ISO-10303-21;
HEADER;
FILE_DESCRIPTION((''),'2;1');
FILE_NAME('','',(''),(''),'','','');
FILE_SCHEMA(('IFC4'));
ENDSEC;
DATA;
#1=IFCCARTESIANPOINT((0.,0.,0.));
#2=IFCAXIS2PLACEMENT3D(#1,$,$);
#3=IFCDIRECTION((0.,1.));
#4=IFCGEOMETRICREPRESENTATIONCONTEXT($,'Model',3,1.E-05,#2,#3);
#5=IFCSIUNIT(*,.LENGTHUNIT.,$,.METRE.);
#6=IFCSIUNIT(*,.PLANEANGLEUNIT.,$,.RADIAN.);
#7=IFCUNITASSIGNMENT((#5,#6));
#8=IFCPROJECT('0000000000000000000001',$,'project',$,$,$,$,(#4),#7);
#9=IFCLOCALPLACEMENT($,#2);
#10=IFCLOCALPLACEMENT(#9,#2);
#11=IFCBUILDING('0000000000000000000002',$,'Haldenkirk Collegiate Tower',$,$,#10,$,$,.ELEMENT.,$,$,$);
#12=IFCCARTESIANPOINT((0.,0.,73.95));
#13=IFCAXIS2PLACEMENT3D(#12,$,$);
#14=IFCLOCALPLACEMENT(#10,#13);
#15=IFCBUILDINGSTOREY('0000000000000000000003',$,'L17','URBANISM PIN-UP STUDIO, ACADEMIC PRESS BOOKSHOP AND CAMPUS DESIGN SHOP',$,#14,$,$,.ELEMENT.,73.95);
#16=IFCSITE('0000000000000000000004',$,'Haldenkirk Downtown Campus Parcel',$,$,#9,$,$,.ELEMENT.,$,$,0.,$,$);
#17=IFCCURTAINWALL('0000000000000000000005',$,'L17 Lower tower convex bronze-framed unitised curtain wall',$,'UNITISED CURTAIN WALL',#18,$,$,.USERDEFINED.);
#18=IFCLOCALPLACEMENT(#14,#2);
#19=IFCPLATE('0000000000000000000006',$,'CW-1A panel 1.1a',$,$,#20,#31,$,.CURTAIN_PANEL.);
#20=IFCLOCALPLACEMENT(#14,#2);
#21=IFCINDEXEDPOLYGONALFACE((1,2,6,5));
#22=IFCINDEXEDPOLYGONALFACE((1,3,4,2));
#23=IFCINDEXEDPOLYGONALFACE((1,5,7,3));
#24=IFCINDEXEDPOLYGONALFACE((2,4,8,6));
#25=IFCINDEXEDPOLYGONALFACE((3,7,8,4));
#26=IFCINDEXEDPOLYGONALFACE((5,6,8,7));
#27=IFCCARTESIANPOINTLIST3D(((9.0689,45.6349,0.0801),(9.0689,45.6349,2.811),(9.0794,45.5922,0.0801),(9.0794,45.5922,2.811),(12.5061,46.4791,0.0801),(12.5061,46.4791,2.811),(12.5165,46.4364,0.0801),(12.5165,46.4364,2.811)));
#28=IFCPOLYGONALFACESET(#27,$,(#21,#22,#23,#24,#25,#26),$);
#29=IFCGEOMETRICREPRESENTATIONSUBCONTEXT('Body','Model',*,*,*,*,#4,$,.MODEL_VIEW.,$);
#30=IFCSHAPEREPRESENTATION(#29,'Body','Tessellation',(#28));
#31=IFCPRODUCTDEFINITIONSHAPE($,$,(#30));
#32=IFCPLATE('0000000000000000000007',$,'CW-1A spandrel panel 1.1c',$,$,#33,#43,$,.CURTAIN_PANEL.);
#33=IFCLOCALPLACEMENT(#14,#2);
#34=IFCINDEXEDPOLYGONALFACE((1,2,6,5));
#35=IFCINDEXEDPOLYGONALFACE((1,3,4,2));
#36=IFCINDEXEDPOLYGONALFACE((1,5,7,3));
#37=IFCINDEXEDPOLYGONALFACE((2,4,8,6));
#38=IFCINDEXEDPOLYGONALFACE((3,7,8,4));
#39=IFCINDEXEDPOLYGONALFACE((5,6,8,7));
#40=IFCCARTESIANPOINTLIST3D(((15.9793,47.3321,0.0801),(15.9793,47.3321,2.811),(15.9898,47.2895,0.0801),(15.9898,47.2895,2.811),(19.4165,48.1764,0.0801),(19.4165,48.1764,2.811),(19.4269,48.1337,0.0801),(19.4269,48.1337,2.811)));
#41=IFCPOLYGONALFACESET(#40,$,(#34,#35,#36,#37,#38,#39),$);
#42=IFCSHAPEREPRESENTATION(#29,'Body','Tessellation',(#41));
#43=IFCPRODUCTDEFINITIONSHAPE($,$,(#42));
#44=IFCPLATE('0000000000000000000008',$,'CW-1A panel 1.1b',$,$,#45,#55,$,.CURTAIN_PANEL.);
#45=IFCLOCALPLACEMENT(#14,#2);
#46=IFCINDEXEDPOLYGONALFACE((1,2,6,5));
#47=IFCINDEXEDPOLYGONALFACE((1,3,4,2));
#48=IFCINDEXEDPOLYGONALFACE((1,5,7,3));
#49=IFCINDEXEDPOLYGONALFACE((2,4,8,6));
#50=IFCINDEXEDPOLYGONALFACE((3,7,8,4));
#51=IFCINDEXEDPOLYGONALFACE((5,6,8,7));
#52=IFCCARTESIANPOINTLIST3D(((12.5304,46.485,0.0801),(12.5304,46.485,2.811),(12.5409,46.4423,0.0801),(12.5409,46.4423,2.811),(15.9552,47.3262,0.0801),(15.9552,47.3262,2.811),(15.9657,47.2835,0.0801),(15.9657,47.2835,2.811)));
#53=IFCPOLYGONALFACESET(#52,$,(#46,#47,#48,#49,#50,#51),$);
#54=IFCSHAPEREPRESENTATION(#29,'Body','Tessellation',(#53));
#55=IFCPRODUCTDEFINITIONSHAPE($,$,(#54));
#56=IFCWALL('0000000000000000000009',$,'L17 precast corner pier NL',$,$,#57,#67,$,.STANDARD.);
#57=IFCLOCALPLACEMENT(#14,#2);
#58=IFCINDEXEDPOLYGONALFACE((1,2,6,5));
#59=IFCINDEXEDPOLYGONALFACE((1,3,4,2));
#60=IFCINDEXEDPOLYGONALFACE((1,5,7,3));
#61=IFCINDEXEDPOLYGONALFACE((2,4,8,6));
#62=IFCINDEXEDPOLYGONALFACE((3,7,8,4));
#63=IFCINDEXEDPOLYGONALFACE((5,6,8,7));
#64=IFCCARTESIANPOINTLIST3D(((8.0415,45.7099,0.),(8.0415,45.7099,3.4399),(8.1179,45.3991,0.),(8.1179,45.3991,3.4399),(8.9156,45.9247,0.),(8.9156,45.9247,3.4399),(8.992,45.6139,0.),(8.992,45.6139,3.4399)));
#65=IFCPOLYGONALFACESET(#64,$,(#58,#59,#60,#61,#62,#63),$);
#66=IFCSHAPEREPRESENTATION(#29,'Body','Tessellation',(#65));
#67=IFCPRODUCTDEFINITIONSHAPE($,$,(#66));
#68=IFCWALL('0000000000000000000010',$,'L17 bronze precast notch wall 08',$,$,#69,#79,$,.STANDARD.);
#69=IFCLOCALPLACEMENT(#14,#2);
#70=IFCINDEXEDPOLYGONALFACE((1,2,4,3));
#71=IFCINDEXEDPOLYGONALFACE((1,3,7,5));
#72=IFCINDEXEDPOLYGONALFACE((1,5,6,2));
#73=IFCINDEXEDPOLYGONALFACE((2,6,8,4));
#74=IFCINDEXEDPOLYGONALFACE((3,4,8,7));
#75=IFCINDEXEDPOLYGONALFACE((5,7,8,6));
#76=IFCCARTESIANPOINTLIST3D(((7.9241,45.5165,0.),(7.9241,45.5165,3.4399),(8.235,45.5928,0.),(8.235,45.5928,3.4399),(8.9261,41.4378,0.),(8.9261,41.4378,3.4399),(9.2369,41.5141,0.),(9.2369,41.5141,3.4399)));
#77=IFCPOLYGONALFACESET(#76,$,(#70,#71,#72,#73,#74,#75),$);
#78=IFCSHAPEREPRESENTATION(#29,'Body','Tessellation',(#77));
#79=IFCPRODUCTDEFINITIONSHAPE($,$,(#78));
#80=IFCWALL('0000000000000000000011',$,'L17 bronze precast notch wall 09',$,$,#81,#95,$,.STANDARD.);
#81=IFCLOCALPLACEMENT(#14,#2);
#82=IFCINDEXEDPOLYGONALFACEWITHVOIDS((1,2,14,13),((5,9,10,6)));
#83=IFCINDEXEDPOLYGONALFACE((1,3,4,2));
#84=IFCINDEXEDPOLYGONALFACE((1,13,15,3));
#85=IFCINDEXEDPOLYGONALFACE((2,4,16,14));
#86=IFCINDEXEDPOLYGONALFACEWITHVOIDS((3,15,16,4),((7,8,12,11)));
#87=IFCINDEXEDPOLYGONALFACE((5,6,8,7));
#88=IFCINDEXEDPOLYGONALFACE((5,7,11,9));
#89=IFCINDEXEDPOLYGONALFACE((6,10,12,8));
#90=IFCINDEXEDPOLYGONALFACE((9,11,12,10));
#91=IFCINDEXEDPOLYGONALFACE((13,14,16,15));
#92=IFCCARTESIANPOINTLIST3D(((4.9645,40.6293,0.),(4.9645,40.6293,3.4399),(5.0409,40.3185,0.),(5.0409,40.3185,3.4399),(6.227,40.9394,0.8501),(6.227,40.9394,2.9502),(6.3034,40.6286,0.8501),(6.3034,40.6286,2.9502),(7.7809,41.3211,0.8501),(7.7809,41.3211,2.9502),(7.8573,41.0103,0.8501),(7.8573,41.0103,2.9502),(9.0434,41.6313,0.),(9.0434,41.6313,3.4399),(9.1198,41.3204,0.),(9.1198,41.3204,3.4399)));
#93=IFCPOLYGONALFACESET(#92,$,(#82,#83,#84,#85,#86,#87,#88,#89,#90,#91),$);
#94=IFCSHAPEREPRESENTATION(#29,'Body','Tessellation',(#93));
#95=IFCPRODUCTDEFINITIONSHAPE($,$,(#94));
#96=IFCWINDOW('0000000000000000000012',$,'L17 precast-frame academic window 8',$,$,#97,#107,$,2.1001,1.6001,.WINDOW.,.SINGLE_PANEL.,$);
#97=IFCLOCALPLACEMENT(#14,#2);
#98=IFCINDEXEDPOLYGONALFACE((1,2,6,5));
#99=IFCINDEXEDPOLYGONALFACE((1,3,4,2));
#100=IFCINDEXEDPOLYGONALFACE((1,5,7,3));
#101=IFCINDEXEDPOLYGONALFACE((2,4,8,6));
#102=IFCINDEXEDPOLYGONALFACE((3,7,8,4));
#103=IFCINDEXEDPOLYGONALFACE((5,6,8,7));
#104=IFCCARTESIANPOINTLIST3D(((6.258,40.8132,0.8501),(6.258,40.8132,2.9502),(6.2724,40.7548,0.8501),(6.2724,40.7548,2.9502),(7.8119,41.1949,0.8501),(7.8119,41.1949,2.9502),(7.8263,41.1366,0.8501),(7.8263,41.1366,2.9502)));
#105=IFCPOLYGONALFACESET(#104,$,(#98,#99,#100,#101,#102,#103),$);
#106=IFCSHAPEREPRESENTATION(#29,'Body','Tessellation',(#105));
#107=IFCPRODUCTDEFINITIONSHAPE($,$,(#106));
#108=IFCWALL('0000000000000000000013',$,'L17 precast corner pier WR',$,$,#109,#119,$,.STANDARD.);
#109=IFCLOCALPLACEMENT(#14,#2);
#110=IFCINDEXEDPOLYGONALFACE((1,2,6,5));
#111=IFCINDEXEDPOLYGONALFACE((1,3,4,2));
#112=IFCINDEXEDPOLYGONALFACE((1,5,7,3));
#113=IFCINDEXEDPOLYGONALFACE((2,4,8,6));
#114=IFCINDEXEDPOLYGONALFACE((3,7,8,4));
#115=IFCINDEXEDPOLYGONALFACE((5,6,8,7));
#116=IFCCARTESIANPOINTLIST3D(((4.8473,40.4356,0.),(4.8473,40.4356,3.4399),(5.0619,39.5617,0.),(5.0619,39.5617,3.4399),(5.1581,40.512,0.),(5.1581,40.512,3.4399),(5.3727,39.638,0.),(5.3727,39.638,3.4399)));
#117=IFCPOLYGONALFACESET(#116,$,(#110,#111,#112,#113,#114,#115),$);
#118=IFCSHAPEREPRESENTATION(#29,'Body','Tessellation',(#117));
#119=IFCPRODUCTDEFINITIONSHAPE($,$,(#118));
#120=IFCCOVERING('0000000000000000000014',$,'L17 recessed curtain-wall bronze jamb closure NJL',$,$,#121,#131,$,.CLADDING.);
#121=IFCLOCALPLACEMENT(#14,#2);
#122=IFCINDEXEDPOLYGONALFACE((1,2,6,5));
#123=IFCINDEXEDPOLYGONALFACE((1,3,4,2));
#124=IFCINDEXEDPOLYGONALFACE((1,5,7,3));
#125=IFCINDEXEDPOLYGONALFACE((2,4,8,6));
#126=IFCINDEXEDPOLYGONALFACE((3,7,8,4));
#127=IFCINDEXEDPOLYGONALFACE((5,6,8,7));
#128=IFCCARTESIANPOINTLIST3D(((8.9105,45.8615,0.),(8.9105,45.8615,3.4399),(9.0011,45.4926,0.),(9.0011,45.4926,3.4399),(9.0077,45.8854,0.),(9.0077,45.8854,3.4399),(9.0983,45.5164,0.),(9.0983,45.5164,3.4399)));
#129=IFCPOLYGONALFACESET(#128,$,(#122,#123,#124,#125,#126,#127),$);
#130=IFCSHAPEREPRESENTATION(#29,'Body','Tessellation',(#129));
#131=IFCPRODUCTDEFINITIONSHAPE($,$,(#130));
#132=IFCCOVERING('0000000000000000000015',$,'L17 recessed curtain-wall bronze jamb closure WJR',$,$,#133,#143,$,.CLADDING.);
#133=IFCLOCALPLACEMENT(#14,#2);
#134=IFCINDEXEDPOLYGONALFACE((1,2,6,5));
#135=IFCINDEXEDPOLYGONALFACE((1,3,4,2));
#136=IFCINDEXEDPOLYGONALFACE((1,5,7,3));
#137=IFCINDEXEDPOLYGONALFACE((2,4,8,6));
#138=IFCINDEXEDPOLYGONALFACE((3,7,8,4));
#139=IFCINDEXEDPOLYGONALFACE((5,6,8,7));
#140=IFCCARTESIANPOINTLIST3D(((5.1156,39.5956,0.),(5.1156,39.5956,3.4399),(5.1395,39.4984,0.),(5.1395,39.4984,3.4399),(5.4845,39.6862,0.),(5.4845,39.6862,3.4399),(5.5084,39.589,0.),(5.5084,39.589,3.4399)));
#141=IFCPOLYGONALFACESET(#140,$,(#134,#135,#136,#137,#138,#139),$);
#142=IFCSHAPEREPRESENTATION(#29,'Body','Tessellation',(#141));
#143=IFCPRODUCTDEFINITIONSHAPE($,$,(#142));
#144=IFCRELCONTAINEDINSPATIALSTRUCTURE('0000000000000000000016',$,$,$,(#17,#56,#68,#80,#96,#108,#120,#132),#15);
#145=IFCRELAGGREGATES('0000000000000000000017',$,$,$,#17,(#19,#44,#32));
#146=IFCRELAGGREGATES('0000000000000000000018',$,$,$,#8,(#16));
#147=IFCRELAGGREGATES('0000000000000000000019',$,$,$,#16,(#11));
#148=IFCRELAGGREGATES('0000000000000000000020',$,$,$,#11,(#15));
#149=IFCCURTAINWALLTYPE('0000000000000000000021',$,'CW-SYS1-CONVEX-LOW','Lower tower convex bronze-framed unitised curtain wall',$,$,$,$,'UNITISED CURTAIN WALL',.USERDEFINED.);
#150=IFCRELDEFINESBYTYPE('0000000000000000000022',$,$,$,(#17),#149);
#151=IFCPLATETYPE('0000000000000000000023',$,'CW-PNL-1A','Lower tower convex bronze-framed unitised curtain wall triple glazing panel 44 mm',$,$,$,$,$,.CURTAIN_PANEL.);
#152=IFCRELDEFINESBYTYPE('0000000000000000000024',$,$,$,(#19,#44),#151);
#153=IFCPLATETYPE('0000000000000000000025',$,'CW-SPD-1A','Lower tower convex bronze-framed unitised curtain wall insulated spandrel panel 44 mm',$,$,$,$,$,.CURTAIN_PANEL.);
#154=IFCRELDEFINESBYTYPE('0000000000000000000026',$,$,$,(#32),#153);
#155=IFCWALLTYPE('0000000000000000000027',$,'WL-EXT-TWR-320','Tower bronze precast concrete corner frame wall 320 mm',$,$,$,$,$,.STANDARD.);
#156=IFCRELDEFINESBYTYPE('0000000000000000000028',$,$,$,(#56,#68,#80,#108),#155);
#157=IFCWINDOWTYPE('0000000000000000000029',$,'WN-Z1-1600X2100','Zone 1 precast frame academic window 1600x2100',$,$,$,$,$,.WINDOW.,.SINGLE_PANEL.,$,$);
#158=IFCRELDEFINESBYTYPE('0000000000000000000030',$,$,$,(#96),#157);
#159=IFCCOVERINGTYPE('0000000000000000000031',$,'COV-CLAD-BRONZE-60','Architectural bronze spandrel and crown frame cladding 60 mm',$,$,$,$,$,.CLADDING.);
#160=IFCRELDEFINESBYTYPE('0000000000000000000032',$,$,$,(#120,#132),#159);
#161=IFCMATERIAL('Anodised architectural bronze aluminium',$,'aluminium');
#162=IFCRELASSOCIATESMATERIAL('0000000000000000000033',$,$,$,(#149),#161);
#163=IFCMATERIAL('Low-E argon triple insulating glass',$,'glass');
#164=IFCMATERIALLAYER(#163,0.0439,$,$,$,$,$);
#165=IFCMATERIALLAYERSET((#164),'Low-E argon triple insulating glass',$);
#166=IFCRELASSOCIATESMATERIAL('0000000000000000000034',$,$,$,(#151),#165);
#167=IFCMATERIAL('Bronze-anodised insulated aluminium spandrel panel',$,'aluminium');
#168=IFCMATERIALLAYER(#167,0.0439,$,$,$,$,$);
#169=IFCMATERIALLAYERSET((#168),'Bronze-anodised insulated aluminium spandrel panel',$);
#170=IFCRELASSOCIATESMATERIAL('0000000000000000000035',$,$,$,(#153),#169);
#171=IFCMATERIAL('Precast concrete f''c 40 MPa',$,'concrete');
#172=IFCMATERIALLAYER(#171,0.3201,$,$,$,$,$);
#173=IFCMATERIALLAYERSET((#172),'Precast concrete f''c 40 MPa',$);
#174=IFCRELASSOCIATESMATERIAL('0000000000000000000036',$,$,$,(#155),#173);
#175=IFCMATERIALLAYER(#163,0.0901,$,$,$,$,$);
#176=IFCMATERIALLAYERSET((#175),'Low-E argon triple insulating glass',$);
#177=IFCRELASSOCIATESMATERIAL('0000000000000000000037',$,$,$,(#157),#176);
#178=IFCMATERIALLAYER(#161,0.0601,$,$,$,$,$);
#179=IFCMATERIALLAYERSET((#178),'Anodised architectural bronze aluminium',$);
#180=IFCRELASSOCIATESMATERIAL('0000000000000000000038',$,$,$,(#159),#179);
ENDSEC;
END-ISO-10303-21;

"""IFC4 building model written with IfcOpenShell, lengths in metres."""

from ifc_helpers import new_model, si_unit, direction, frame, frame_2d, origin, origin_2d, place, context, subcontext, project, spatial, rectangle, extrude, source, transform, mapped, material, layer, layer_set, type_object, element, fill, aggregate, save


model = new_model("IFC4")

# Units and contexts
model_context = context("Model", 3, precision=1e-05, world=origin(), true_north=direction((0.0, 1.0)))
body_context = subcontext(model_context, "Body", "Model", "MODEL_VIEW")
ifc_project = project(units=[si_unit("LENGTHUNIT", "METRE"), si_unit("PLANEANGLEUNIT", "RADIAN")], contexts=[model_context])

# Site, building, storey
site_placement = place(None, origin())
site = spatial("IfcSite", under=ifc_project, at=site_placement, Name="Haldenkirk Downtown Campus Parcel", CompositionType="ELEMENT", RefElevation=0.0)
building_placement = place(site_placement, origin())
building = spatial("IfcBuilding", under=site, at=building_placement, Name="Haldenkirk Collegiate Tower", CompositionType="ELEMENT")
storey_placement = place(building_placement, frame((0.0, 0.0, 73.95)))
storey = spatial("IfcBuildingStorey", under=building, at=storey_placement, Name="L17", Description="URBANISM PIN-UP STUDIO, ACADEMIC PRESS BOOKSHOP AND CAMPUS DESIGN SHOP", CompositionType="ELEMENT", Elevation=73.95)

# Curtain wall
ifc_material_1 = material(Name="Anodised architectural bronze aluminium", Category="aluminium")
curtain_wall_type = type_object("IfcCurtainWallType", Name="CW-SYS1-CONVEX-LOW", Description="Lower tower convex bronze-framed unitised curtain wall", ElementType="UNITISED CURTAIN WALL", PredefinedType="USERDEFINED", material=ifc_material_1)
curtain_wall_1_placement = place(storey_placement, origin())
curtain_wall_1 = element("IfcCurtainWall", 1, at=curtain_wall_1_placement, inside=storey, type_object=curtain_wall_type, Name="L17 Lower tower convex bronze-framed unitised curtain wall", ObjectType="UNITISED CURTAIN WALL", PredefinedType="USERDEFINED")

# Plates
ifc_material_2 = material(Name="Low-E argon triple insulating glass", Category="glass")
ifc_layer_1 = layer(ifc_material_2, 0.0439)
ifc_layer_set_1 = layer_set([ifc_layer_1], Name="Low-E argon triple insulating glass")
plate_type_1 = type_object("IfcPlateType", Name="CW-PNL-1A", Description="Lower tower convex bronze-framed unitised curtain wall triple glazing panel 44 mm", PredefinedType="CURTAIN_PANEL", material=ifc_layer_set_1)
shared_shape_1 = source(origin(), body_context, "Body", "SweptSolid", [
    extrude(rectangle(XDim=3.5393, YDim=0.0439, at=origin_2d()), origin(), (0.0, 0.0, 1.0), 2.731),
])
plate_1_placement = place(storey_placement, frame((10.7927, 46.0356, 0.0801), z_axis=(0.0, 0.0, 1.0), x_axis=(0.971134, 0.238534, 0.0)))
plate_1 = element("IfcPlate", 2, at=plate_1_placement, type_object=plate_type_1, Name="CW-1A panel 1.1a", PredefinedType="CURTAIN_PANEL", context=body_context, shape_type="MappedRepresentation", body=[
    mapped(shared_shape_1, transform((0.0, 0.0, 0.0), x_axis=(1.0, 0.0, 0.0), y_axis=(0.0, 1.0, 0.0), z_axis=(0.0, 0.0, 1.0), scale=1.0)),
])
ifc_material_3 = material(Name="Bronze-anodised insulated aluminium spandrel panel", Category="aluminium")
ifc_layer_2 = layer(ifc_material_3, 0.0439)
ifc_layer_set_2 = layer_set([ifc_layer_2], Name="Bronze-anodised insulated aluminium spandrel panel")
plate_type_2 = type_object("IfcPlateType", Name="CW-SPD-1A", Description="Lower tower convex bronze-framed unitised curtain wall insulated spandrel panel 44 mm", PredefinedType="CURTAIN_PANEL", material=ifc_layer_set_2)
plate_2_placement = place(storey_placement, frame((17.7031, 47.7329, 0.0801), z_axis=(0.0, 0.0, 1.0), x_axis=(0.971134, 0.238534, 0.0)))
plate_2 = element("IfcPlate", 3, at=plate_2_placement, type_object=plate_type_2, Name="CW-1A spandrel panel 1.1c", PredefinedType="CURTAIN_PANEL", context=body_context, shape_type="MappedRepresentation", body=[
    mapped(shared_shape_1, transform((0.0, 0.0, 0.0), x_axis=(1.0, 0.0, 0.0), y_axis=(0.0, 1.0, 0.0), z_axis=(0.0, 0.0, 1.0), scale=1.0)),
])
shared_shape_2 = source(origin(), body_context, "Body", "SweptSolid", [
    extrude(rectangle(XDim=3.5266, YDim=0.0439, at=origin_2d()), origin(), (0.0, 0.0, 1.0), 2.731),
])
plate_3_placement = place(storey_placement, frame((14.248, 46.8843, 0.0801), z_axis=(0.0, 0.0, 1.0), x_axis=(0.971134, 0.238534, 0.0)))
plate_3 = element("IfcPlate", 4, at=plate_3_placement, type_object=plate_type_1, Name="CW-1A panel 1.1b", PredefinedType="CURTAIN_PANEL", context=body_context, shape_type="MappedRepresentation", body=[
    mapped(shared_shape_2, transform((0.0, 0.0, 0.0), x_axis=(1.0, 0.0, 0.0), y_axis=(0.0, 1.0, 0.0), z_axis=(0.0, 0.0, 1.0), scale=1.0)),
])
aggregate(curtain_wall_1, [plate_1, plate_3, plate_2])

# Walls
ifc_material_4 = material(Name="Precast concrete f'c 40 MPa", Category="concrete")
ifc_layer_3 = layer(ifc_material_4, 0.3201)
ifc_layer_set_3 = layer_set([ifc_layer_3], Name="Precast concrete f'c 40 MPa")
wall_type = type_object("IfcWallType", Name="WL-EXT-TWR-320", Description="Tower bronze precast concrete corner frame wall 320 mm", PredefinedType="STANDARD", material=ifc_layer_set_3)
wall_1_placement = place(storey_placement, frame((8.0796, 45.5544, 0.0), z_axis=(0.0, 0.0, 1.0), x_axis=(0.971092, 0.238704, 0.0)))
element("IfcWall", 5, at=wall_1_placement, inside=storey, type_object=wall_type, Name="L17 precast corner pier NL", PredefinedType="STANDARD", context=body_context, shape_type="SweptSolid", body=[
    extrude(rectangle(XDim=0.9001, YDim=0.3201, at=frame_2d((0.4502, 0.0))), origin(), (0.0, 0.0, 1.0), 3.4399),
])
wall_2_placement = place(storey_placement, frame((9.0815, 41.4758, 0.0), z_axis=(0.0, 0.0, 1.0), x_axis=(-0.238567, 0.971126, 0.0)))
element("IfcWall", 6, at=wall_2_placement, inside=storey, type_object=wall_type, Name="L17 bronze precast notch wall 08", PredefinedType="STANDARD", context=body_context, shape_type="SweptSolid", body=[
    extrude(rectangle(XDim=4.2, YDim=0.3201, at=frame_2d((2.1001, 0.0))), origin(), (0.0, 0.0, 1.0), 3.4399),
])

# Wall, opening, window
wall_3_placement = place(storey_placement, frame((5.0027, 40.4739, 0.0), z_axis=(0.0, 0.0, 1.0), x_axis=(0.971129, 0.238554, 0.0)))
wall_3 = element("IfcWall", 7, at=wall_3_placement, inside=storey, type_object=wall_type, Name="L17 bronze precast notch wall 09", PredefinedType="STANDARD", context=body_context, shape_type="SweptSolid", body=[
    extrude(rectangle(XDim=4.2002, YDim=0.3201, at=frame_2d((2.1001, 0.0))), origin(), (0.0, 0.0, 1.0), 3.4399),
])
opening_placement = place(wall_3_placement, frame((1.3, 0.0, 0.8501)))
opening = element("IfcOpeningElement", 8, at=opening_placement, cuts=wall_3, PredefinedType="OPENING", context=body_context, shape_type="SweptSolid", body=[
    extrude(rectangle(XDim=1.6001, YDim=2.1001, at=frame_2d((0.8, 1.05))), frame((0.0, 0.1699, 0.0), z_axis=(0.0, -1.0, 0.0), x_axis=(1.0, 0.0, 0.0)), (0.0, 0.0, 1.0), 0.3401),
])
ifc_layer_4 = layer(ifc_material_2, 0.0901)
ifc_layer_set_4 = layer_set([ifc_layer_4], Name="Low-E argon triple insulating glass")
window_type = type_object("IfcWindowType", Name="WN-Z1-1600X2100", Description="Zone 1 precast frame academic window 1600x2100", PartitioningType="SINGLE_PANEL", PredefinedType="WINDOW", material=ifc_layer_set_4)
window_placement = place(opening_placement, origin())
window = element("IfcWindow", 9, at=window_placement, inside=storey, type_object=window_type, Name="L17 precast-frame academic window 8", OverallHeight=2.1001, OverallWidth=1.6001, PartitioningType="SINGLE_PANEL", PredefinedType="WINDOW", context=body_context, shape_type="SweptSolid", body=[
    extrude(rectangle(XDim=1.6001, YDim=2.1001, at=frame_2d((0.8, 1.05))), frame((0.0, 0.03, 0.0), z_axis=(0.0, -1.0, 0.0), x_axis=(1.0, 0.0, 0.0)), (0.0, 0.0, 1.0), 0.0601),
])
fill(opening, window)

# Wall
wall_4_placement = place(storey_placement, frame((5.2173, 39.5999, 0.0), z_axis=(0.0, 0.0, 1.0), x_axis=(-0.238448, 0.971155, 0.0)))
element("IfcWall", 10, at=wall_4_placement, inside=storey, type_object=wall_type, Name="L17 precast corner pier WR", PredefinedType="STANDARD", context=body_context, shape_type="SweptSolid", body=[
    extrude(rectangle(XDim=0.8999, YDim=0.3201, at=frame_2d((0.45, 0.0))), origin(), (0.0, 0.0, 1.0), 3.4399),
])

# Coverings
ifc_layer_5 = layer(ifc_material_1, 0.0601)
ifc_layer_set_5 = layer_set([ifc_layer_5], Name="Anodised architectural bronze aluminium")
covering_type = type_object("IfcCoveringType", Name="COV-CLAD-BRONZE-60", Description="Architectural bronze spandrel and crown frame cladding 60 mm", PredefinedType="CLADDING", material=ifc_layer_set_5)
shared_shape_3 = source(origin(), body_context, "Body", "SweptSolid", [
    extrude(rectangle(XDim=0.1001, YDim=0.3799, at=origin_2d()), origin(), (0.0, 0.0, 1.0), 3.4399),
])
for number, where, z_axis, x_axis, name in (
    (11, (9.0044, 45.689, 0.0), (0.0, 0.0, 1.0), (0.971134, 0.238533, 0.0), "L17 recessed curtain-wall bronze jamb closure NJL"),
    (12, (5.312, 39.5923, 0.0), (0.0, 0.0, 1.0), (-0.238533, 0.971134, 0.0), "L17 recessed curtain-wall bronze jamb closure WJR"),
):
    element("IfcCovering", number, at=place(storey_placement, frame(where, z_axis=z_axis, x_axis=x_axis)), inside=storey, type_object=covering_type, Name=name, PredefinedType="CLADDING", context=body_context, shape_type="MappedRepresentation", body=[
        mapped(shared_shape_3, transform((0.0, 0.0, 0.0), x_axis=(1.0, 0.0, 0.0), y_axis=(0.0, 1.0, 0.0), z_axis=(0.0, 0.0, 1.0), scale=1.0)),
    ])

save(model, "model.ifc")
